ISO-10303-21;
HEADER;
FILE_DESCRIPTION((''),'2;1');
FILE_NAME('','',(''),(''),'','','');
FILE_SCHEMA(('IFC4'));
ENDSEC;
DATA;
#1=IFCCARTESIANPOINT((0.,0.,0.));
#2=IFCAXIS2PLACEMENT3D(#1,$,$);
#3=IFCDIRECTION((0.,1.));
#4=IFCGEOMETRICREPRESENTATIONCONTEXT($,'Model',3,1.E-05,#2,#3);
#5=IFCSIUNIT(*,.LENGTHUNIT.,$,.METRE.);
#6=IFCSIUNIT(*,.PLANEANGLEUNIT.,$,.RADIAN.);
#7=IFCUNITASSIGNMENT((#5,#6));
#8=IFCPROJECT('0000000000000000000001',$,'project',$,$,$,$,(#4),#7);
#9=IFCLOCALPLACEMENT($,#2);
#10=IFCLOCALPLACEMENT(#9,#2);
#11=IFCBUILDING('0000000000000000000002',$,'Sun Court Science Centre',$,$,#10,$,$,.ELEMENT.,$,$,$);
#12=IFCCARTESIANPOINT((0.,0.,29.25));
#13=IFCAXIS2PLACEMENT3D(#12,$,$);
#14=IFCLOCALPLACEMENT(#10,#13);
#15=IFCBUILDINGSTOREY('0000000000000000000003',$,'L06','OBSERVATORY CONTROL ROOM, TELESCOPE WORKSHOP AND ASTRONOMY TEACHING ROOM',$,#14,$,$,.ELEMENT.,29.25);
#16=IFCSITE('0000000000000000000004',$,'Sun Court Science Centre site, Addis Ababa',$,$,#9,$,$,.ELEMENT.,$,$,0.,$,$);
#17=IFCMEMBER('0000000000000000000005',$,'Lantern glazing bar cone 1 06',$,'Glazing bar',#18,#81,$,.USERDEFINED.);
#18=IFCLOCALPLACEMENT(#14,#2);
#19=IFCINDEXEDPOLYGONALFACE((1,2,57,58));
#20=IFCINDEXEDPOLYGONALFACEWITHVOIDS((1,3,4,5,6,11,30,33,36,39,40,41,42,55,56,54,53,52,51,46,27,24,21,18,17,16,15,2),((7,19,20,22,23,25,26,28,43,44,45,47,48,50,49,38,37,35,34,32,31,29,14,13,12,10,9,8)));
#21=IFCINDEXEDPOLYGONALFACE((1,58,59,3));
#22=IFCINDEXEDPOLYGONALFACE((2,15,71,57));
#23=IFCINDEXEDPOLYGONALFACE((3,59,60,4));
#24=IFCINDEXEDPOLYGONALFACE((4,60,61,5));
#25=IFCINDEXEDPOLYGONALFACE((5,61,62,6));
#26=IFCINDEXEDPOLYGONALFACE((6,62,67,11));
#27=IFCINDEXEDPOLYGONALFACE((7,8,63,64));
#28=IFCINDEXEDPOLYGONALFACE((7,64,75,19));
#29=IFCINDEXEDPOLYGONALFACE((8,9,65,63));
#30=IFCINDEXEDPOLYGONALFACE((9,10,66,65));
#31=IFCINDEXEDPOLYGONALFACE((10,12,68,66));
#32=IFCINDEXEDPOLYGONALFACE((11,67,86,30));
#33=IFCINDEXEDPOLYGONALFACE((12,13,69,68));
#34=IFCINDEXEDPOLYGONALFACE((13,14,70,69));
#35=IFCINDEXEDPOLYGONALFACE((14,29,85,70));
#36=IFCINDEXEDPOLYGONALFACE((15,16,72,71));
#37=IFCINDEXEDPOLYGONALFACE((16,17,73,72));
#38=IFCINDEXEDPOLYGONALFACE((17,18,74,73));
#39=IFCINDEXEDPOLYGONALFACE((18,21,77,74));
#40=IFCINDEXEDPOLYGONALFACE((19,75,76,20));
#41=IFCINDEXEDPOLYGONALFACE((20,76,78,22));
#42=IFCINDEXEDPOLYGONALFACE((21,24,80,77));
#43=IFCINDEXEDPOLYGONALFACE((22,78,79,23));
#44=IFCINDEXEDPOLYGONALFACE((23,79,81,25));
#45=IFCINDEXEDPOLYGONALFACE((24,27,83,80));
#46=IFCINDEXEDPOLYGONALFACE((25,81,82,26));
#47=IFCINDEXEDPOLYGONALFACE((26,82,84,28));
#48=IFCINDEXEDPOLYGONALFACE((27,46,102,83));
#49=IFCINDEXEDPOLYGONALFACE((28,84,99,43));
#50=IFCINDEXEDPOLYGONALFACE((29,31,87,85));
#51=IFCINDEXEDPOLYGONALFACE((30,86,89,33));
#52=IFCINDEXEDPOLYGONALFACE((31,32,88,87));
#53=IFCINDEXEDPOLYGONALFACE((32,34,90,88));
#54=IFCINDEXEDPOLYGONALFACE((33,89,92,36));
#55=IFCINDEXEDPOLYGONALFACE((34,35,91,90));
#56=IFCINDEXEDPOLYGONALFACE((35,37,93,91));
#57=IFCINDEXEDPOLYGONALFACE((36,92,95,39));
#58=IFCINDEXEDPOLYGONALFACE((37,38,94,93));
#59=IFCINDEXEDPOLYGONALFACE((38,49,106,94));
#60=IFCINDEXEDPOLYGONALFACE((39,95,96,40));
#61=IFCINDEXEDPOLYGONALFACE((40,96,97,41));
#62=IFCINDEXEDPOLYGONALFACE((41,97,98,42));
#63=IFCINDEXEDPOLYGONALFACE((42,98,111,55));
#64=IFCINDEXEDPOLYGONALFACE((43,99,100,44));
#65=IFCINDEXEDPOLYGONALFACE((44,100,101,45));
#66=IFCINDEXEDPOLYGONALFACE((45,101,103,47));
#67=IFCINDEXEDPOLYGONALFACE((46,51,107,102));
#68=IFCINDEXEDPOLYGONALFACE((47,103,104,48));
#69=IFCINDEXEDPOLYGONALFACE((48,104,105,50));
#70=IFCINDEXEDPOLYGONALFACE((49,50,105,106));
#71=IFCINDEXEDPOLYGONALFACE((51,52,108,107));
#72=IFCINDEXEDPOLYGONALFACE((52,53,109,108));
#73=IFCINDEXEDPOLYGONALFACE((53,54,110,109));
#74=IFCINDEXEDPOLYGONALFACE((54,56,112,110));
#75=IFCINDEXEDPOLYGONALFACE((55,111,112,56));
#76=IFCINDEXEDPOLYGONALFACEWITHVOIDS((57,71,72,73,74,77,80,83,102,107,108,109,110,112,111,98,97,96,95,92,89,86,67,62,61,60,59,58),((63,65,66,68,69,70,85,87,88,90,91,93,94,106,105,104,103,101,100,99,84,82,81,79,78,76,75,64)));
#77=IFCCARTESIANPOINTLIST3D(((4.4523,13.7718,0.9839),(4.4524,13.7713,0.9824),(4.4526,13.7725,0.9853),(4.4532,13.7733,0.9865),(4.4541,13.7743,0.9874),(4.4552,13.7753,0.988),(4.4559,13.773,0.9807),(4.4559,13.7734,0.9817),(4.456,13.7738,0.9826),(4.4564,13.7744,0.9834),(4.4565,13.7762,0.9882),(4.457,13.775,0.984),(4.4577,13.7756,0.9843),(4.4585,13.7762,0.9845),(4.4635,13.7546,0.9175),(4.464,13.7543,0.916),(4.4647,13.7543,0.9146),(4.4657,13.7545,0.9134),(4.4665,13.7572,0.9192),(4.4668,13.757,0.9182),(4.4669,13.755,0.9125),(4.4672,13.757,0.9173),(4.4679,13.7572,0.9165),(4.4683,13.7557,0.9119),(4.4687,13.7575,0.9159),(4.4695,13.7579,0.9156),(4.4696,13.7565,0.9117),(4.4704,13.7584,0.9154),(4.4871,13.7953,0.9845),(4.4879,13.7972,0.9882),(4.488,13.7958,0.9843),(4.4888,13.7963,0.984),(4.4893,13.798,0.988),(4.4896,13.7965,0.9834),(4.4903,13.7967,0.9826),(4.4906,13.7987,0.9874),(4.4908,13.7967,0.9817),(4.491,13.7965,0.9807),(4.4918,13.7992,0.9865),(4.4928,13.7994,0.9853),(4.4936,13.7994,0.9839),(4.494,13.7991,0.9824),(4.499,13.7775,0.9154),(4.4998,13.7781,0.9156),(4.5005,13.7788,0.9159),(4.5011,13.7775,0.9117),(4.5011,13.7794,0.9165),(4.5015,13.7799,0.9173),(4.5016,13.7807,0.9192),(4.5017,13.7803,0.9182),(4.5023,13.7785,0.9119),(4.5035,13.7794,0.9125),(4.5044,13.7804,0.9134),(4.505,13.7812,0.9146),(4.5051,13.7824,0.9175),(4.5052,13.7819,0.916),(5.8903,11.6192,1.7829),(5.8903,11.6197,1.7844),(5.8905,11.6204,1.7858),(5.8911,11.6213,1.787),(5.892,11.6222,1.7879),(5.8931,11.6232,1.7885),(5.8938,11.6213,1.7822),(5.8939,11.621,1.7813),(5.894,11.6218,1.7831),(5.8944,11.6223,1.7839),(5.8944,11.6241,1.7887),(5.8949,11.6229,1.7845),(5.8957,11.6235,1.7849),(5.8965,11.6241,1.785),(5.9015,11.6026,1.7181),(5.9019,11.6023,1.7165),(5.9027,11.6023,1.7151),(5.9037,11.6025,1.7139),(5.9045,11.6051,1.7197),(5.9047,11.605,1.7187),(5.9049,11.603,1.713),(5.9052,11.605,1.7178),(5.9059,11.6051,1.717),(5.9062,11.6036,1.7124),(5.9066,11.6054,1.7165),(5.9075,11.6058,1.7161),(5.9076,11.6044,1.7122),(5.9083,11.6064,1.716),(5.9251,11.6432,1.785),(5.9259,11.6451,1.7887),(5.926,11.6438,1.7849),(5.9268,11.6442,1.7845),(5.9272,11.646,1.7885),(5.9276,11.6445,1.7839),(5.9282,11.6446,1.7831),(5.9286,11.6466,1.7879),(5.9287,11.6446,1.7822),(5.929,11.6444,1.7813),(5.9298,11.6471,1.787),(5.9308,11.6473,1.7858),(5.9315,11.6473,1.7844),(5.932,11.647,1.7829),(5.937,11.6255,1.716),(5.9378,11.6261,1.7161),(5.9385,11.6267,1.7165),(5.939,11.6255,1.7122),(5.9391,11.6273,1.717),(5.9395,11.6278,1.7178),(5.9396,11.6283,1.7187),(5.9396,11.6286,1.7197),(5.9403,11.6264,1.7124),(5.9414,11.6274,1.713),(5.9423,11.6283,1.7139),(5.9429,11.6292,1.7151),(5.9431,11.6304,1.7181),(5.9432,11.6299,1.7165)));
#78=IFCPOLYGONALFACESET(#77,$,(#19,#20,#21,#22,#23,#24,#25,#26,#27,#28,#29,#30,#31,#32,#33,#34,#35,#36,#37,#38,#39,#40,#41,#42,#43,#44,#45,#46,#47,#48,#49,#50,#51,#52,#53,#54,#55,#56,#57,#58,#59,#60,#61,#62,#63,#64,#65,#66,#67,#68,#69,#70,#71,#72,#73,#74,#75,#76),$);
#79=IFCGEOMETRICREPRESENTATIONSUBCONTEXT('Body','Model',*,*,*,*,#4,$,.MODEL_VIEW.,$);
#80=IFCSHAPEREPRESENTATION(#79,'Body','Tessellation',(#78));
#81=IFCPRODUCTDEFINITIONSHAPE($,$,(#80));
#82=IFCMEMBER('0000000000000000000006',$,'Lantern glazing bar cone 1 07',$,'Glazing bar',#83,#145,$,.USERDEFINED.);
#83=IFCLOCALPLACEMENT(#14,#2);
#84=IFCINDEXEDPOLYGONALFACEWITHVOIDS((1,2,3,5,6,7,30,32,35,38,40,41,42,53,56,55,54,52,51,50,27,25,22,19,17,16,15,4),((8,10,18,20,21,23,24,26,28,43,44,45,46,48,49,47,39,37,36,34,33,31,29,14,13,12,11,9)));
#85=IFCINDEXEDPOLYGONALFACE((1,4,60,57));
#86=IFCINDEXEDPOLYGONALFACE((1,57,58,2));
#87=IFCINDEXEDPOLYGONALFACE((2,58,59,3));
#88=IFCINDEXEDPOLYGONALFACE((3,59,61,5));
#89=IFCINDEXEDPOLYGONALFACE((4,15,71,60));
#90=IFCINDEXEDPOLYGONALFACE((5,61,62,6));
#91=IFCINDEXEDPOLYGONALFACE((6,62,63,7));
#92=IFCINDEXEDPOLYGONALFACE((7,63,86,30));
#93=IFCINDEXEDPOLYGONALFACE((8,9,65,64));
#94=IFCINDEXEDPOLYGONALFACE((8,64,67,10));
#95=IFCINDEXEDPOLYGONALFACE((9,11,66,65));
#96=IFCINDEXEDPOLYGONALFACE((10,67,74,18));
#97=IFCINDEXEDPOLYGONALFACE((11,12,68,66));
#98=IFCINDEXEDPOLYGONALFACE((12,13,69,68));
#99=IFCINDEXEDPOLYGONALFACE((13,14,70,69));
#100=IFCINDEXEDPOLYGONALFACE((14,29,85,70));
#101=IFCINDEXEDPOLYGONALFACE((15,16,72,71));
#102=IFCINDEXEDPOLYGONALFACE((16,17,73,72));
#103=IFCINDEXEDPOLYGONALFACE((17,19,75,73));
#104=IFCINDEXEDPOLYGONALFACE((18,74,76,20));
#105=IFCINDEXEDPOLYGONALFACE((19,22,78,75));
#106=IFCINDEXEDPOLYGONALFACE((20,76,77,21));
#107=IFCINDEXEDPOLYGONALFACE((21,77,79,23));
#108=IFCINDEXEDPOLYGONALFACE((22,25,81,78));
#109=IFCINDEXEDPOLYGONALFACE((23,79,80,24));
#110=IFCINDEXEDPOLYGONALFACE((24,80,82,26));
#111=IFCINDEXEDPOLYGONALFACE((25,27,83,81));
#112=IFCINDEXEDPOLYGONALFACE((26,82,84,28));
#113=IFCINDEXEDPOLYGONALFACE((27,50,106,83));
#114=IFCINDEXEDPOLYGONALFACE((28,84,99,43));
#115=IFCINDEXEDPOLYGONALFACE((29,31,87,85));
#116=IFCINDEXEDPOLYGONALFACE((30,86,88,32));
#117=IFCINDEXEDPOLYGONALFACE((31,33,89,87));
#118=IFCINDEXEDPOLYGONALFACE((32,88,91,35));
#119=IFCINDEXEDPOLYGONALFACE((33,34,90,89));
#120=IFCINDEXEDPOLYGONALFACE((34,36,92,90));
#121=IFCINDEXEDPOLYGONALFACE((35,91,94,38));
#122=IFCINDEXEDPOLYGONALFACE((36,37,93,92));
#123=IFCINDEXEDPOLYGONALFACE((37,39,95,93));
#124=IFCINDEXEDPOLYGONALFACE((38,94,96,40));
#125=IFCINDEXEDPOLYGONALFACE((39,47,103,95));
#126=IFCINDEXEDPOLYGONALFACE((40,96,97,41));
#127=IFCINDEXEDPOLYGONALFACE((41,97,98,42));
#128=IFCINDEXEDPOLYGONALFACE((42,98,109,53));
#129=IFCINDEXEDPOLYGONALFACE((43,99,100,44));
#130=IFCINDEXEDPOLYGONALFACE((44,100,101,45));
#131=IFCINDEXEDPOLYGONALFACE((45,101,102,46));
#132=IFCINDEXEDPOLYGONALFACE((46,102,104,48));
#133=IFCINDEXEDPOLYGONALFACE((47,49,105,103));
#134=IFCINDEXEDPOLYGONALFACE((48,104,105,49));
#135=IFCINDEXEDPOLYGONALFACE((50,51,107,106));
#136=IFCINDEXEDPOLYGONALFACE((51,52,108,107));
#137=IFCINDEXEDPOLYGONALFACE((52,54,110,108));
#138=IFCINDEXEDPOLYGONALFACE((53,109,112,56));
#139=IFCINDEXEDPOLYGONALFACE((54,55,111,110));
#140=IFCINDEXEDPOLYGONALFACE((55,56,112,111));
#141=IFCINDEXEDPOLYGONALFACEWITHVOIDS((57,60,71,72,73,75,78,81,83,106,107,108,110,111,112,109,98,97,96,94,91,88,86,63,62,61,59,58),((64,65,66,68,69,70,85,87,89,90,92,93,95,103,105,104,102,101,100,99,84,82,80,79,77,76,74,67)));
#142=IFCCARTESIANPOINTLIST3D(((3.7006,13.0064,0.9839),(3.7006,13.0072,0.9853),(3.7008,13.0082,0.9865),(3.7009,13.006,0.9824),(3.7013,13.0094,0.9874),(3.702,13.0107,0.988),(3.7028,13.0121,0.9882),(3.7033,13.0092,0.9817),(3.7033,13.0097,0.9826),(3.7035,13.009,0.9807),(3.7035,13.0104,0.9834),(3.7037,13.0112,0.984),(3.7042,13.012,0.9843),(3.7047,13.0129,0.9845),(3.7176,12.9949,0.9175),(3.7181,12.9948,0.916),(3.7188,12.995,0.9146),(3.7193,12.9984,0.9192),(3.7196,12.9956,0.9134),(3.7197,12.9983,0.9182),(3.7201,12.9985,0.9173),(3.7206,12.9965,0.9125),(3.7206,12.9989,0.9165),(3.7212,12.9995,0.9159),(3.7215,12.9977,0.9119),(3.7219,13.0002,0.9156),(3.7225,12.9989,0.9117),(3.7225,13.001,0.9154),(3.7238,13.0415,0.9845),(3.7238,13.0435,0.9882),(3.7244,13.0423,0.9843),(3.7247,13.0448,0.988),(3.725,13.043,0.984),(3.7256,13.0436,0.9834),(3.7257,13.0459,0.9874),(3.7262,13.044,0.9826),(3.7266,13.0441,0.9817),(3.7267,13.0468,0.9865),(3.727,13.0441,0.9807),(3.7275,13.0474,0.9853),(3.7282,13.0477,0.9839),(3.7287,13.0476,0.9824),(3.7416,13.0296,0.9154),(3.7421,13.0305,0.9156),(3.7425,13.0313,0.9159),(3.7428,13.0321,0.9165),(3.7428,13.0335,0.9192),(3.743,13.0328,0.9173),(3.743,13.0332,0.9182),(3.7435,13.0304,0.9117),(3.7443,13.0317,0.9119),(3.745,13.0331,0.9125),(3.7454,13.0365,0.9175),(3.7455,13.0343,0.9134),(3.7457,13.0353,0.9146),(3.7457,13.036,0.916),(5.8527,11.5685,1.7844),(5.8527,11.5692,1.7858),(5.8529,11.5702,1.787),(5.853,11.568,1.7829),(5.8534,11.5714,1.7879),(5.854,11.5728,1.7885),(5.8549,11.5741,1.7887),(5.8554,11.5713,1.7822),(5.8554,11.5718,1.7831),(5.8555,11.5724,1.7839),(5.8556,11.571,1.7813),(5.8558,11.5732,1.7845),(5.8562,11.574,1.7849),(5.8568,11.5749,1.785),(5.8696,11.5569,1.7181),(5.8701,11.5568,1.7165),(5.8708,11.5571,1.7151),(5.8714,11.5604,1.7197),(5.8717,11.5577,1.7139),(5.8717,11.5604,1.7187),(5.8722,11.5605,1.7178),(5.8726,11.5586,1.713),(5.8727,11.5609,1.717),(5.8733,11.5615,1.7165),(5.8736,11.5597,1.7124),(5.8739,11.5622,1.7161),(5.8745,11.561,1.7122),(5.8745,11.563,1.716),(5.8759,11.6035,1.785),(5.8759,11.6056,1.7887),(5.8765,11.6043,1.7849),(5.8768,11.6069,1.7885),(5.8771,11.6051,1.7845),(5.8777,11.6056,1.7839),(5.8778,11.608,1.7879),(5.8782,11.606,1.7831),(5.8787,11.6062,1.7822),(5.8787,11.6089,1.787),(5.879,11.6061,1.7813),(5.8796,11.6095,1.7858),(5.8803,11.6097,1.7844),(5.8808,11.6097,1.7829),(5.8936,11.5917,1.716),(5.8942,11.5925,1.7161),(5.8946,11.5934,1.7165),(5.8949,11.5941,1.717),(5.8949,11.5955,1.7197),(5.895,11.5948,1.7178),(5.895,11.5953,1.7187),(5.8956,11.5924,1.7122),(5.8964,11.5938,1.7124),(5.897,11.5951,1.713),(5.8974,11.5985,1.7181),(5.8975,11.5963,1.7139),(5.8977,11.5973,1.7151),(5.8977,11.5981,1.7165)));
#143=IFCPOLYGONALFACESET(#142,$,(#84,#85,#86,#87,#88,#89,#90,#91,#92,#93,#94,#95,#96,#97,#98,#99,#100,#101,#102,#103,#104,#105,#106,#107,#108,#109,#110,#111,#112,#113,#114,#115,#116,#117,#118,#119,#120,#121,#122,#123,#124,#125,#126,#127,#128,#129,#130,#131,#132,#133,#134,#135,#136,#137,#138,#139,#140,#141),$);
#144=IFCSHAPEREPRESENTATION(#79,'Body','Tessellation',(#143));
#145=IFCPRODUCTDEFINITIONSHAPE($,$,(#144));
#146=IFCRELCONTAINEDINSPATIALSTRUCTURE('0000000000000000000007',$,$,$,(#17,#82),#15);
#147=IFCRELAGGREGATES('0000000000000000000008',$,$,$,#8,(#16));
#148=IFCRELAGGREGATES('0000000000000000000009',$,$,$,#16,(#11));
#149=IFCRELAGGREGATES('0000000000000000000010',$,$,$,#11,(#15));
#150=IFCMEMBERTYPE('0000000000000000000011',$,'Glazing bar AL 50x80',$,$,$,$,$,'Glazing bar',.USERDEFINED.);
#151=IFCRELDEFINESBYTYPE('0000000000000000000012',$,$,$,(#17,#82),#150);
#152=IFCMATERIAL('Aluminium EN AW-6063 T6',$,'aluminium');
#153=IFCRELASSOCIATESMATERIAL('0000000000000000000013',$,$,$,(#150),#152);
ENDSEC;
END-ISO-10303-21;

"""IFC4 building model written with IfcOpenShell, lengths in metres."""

from ifc_helpers import new_model, si_unit, direction, frame, origin, origin_2d, place, context, subcontext, project, spatial, hollow_rectangle, extrude, material, material_profile, profile_set, type_object, element, save


model = new_model("IFC4")

# Units and contexts
model_context = context("Model", 3, precision=1e-05, world=origin(), true_north=direction((0.0, 1.0)))
body_context = subcontext(model_context, "Body", "Model", "MODEL_VIEW")
ifc_project = project(units=[si_unit("LENGTHUNIT", "METRE"), si_unit("PLANEANGLEUNIT", "RADIAN")], contexts=[model_context])

# Site, building, storey
site_placement = place(None, origin())
site = spatial("IfcSite", under=ifc_project, at=site_placement, Name="Sun Court Science Centre site, Addis Ababa", CompositionType="ELEMENT", RefElevation=0.0)
building_placement = place(site_placement, origin())
building = spatial("IfcBuilding", under=site, at=building_placement, Name="Sun Court Science Centre", CompositionType="ELEMENT")
storey_placement = place(building_placement, frame((0.0, 0.0, 29.25)))
storey = spatial("IfcBuildingStorey", under=building, at=storey_placement, Name="L06", Description="OBSERVATORY CONTROL ROOM, TELESCOPE WORKSHOP AND ASTRONOMY TEACHING ROOM", CompositionType="ELEMENT", Elevation=29.25)

# Members
ifc_material_1 = material(Name="Aluminium EN AW-6063 T6", Category="aluminium")
ifc_material_profile_1 = material_profile(ifc_material_1, hollow_rectangle(XDim=0.05, YDim=0.0801, WallThickness=0.0039, InnerFilletRadius=0.0039, OuterFilletRadius=0.0061, at=origin_2d()), Name="AL 50x80x4")
ifc_profile_set_1 = profile_set([ifc_material_profile_1], Name="Aluminium EN AW-6063 T6")
member_type_1 = type_object("IfcMemberType", Name="Glazing bar AL 50x80", ElementType="Glazing bar", PredefinedType="USERDEFINED", material=ifc_profile_set_1)
for number, where, z_axis, x_axis, name in (
    (1, (4.4788, 13.7769, 0.95), (0.530764, -0.794343, 0.29548), (0.831469, 0.555571, 0.0), "Lantern glazing bar cone 1 06"),
    (2, (3.7231, 13.0212, 0.95), (0.794343, -0.530764, 0.29548), (0.555571, 0.831469, 0.0), "Lantern glazing bar cone 1 07"),
):
    element("IfcMember", number, at=place(storey_placement, frame(where, z_axis=z_axis, x_axis=x_axis)), inside=storey, type_object=member_type_1, Name=name, ObjectType="Glazing bar", PredefinedType="USERDEFINED", context=body_context, shape_type="SweptSolid", body=[
        extrude(hollow_rectangle(XDim=0.05, YDim=0.0801, WallThickness=0.0039, InnerFilletRadius=0.0039, OuterFilletRadius=0.0061, at=origin_2d()), origin(), (0.0, 0.0, 1.0), 2.7092),
    ])

save(model, "model.ifc")
